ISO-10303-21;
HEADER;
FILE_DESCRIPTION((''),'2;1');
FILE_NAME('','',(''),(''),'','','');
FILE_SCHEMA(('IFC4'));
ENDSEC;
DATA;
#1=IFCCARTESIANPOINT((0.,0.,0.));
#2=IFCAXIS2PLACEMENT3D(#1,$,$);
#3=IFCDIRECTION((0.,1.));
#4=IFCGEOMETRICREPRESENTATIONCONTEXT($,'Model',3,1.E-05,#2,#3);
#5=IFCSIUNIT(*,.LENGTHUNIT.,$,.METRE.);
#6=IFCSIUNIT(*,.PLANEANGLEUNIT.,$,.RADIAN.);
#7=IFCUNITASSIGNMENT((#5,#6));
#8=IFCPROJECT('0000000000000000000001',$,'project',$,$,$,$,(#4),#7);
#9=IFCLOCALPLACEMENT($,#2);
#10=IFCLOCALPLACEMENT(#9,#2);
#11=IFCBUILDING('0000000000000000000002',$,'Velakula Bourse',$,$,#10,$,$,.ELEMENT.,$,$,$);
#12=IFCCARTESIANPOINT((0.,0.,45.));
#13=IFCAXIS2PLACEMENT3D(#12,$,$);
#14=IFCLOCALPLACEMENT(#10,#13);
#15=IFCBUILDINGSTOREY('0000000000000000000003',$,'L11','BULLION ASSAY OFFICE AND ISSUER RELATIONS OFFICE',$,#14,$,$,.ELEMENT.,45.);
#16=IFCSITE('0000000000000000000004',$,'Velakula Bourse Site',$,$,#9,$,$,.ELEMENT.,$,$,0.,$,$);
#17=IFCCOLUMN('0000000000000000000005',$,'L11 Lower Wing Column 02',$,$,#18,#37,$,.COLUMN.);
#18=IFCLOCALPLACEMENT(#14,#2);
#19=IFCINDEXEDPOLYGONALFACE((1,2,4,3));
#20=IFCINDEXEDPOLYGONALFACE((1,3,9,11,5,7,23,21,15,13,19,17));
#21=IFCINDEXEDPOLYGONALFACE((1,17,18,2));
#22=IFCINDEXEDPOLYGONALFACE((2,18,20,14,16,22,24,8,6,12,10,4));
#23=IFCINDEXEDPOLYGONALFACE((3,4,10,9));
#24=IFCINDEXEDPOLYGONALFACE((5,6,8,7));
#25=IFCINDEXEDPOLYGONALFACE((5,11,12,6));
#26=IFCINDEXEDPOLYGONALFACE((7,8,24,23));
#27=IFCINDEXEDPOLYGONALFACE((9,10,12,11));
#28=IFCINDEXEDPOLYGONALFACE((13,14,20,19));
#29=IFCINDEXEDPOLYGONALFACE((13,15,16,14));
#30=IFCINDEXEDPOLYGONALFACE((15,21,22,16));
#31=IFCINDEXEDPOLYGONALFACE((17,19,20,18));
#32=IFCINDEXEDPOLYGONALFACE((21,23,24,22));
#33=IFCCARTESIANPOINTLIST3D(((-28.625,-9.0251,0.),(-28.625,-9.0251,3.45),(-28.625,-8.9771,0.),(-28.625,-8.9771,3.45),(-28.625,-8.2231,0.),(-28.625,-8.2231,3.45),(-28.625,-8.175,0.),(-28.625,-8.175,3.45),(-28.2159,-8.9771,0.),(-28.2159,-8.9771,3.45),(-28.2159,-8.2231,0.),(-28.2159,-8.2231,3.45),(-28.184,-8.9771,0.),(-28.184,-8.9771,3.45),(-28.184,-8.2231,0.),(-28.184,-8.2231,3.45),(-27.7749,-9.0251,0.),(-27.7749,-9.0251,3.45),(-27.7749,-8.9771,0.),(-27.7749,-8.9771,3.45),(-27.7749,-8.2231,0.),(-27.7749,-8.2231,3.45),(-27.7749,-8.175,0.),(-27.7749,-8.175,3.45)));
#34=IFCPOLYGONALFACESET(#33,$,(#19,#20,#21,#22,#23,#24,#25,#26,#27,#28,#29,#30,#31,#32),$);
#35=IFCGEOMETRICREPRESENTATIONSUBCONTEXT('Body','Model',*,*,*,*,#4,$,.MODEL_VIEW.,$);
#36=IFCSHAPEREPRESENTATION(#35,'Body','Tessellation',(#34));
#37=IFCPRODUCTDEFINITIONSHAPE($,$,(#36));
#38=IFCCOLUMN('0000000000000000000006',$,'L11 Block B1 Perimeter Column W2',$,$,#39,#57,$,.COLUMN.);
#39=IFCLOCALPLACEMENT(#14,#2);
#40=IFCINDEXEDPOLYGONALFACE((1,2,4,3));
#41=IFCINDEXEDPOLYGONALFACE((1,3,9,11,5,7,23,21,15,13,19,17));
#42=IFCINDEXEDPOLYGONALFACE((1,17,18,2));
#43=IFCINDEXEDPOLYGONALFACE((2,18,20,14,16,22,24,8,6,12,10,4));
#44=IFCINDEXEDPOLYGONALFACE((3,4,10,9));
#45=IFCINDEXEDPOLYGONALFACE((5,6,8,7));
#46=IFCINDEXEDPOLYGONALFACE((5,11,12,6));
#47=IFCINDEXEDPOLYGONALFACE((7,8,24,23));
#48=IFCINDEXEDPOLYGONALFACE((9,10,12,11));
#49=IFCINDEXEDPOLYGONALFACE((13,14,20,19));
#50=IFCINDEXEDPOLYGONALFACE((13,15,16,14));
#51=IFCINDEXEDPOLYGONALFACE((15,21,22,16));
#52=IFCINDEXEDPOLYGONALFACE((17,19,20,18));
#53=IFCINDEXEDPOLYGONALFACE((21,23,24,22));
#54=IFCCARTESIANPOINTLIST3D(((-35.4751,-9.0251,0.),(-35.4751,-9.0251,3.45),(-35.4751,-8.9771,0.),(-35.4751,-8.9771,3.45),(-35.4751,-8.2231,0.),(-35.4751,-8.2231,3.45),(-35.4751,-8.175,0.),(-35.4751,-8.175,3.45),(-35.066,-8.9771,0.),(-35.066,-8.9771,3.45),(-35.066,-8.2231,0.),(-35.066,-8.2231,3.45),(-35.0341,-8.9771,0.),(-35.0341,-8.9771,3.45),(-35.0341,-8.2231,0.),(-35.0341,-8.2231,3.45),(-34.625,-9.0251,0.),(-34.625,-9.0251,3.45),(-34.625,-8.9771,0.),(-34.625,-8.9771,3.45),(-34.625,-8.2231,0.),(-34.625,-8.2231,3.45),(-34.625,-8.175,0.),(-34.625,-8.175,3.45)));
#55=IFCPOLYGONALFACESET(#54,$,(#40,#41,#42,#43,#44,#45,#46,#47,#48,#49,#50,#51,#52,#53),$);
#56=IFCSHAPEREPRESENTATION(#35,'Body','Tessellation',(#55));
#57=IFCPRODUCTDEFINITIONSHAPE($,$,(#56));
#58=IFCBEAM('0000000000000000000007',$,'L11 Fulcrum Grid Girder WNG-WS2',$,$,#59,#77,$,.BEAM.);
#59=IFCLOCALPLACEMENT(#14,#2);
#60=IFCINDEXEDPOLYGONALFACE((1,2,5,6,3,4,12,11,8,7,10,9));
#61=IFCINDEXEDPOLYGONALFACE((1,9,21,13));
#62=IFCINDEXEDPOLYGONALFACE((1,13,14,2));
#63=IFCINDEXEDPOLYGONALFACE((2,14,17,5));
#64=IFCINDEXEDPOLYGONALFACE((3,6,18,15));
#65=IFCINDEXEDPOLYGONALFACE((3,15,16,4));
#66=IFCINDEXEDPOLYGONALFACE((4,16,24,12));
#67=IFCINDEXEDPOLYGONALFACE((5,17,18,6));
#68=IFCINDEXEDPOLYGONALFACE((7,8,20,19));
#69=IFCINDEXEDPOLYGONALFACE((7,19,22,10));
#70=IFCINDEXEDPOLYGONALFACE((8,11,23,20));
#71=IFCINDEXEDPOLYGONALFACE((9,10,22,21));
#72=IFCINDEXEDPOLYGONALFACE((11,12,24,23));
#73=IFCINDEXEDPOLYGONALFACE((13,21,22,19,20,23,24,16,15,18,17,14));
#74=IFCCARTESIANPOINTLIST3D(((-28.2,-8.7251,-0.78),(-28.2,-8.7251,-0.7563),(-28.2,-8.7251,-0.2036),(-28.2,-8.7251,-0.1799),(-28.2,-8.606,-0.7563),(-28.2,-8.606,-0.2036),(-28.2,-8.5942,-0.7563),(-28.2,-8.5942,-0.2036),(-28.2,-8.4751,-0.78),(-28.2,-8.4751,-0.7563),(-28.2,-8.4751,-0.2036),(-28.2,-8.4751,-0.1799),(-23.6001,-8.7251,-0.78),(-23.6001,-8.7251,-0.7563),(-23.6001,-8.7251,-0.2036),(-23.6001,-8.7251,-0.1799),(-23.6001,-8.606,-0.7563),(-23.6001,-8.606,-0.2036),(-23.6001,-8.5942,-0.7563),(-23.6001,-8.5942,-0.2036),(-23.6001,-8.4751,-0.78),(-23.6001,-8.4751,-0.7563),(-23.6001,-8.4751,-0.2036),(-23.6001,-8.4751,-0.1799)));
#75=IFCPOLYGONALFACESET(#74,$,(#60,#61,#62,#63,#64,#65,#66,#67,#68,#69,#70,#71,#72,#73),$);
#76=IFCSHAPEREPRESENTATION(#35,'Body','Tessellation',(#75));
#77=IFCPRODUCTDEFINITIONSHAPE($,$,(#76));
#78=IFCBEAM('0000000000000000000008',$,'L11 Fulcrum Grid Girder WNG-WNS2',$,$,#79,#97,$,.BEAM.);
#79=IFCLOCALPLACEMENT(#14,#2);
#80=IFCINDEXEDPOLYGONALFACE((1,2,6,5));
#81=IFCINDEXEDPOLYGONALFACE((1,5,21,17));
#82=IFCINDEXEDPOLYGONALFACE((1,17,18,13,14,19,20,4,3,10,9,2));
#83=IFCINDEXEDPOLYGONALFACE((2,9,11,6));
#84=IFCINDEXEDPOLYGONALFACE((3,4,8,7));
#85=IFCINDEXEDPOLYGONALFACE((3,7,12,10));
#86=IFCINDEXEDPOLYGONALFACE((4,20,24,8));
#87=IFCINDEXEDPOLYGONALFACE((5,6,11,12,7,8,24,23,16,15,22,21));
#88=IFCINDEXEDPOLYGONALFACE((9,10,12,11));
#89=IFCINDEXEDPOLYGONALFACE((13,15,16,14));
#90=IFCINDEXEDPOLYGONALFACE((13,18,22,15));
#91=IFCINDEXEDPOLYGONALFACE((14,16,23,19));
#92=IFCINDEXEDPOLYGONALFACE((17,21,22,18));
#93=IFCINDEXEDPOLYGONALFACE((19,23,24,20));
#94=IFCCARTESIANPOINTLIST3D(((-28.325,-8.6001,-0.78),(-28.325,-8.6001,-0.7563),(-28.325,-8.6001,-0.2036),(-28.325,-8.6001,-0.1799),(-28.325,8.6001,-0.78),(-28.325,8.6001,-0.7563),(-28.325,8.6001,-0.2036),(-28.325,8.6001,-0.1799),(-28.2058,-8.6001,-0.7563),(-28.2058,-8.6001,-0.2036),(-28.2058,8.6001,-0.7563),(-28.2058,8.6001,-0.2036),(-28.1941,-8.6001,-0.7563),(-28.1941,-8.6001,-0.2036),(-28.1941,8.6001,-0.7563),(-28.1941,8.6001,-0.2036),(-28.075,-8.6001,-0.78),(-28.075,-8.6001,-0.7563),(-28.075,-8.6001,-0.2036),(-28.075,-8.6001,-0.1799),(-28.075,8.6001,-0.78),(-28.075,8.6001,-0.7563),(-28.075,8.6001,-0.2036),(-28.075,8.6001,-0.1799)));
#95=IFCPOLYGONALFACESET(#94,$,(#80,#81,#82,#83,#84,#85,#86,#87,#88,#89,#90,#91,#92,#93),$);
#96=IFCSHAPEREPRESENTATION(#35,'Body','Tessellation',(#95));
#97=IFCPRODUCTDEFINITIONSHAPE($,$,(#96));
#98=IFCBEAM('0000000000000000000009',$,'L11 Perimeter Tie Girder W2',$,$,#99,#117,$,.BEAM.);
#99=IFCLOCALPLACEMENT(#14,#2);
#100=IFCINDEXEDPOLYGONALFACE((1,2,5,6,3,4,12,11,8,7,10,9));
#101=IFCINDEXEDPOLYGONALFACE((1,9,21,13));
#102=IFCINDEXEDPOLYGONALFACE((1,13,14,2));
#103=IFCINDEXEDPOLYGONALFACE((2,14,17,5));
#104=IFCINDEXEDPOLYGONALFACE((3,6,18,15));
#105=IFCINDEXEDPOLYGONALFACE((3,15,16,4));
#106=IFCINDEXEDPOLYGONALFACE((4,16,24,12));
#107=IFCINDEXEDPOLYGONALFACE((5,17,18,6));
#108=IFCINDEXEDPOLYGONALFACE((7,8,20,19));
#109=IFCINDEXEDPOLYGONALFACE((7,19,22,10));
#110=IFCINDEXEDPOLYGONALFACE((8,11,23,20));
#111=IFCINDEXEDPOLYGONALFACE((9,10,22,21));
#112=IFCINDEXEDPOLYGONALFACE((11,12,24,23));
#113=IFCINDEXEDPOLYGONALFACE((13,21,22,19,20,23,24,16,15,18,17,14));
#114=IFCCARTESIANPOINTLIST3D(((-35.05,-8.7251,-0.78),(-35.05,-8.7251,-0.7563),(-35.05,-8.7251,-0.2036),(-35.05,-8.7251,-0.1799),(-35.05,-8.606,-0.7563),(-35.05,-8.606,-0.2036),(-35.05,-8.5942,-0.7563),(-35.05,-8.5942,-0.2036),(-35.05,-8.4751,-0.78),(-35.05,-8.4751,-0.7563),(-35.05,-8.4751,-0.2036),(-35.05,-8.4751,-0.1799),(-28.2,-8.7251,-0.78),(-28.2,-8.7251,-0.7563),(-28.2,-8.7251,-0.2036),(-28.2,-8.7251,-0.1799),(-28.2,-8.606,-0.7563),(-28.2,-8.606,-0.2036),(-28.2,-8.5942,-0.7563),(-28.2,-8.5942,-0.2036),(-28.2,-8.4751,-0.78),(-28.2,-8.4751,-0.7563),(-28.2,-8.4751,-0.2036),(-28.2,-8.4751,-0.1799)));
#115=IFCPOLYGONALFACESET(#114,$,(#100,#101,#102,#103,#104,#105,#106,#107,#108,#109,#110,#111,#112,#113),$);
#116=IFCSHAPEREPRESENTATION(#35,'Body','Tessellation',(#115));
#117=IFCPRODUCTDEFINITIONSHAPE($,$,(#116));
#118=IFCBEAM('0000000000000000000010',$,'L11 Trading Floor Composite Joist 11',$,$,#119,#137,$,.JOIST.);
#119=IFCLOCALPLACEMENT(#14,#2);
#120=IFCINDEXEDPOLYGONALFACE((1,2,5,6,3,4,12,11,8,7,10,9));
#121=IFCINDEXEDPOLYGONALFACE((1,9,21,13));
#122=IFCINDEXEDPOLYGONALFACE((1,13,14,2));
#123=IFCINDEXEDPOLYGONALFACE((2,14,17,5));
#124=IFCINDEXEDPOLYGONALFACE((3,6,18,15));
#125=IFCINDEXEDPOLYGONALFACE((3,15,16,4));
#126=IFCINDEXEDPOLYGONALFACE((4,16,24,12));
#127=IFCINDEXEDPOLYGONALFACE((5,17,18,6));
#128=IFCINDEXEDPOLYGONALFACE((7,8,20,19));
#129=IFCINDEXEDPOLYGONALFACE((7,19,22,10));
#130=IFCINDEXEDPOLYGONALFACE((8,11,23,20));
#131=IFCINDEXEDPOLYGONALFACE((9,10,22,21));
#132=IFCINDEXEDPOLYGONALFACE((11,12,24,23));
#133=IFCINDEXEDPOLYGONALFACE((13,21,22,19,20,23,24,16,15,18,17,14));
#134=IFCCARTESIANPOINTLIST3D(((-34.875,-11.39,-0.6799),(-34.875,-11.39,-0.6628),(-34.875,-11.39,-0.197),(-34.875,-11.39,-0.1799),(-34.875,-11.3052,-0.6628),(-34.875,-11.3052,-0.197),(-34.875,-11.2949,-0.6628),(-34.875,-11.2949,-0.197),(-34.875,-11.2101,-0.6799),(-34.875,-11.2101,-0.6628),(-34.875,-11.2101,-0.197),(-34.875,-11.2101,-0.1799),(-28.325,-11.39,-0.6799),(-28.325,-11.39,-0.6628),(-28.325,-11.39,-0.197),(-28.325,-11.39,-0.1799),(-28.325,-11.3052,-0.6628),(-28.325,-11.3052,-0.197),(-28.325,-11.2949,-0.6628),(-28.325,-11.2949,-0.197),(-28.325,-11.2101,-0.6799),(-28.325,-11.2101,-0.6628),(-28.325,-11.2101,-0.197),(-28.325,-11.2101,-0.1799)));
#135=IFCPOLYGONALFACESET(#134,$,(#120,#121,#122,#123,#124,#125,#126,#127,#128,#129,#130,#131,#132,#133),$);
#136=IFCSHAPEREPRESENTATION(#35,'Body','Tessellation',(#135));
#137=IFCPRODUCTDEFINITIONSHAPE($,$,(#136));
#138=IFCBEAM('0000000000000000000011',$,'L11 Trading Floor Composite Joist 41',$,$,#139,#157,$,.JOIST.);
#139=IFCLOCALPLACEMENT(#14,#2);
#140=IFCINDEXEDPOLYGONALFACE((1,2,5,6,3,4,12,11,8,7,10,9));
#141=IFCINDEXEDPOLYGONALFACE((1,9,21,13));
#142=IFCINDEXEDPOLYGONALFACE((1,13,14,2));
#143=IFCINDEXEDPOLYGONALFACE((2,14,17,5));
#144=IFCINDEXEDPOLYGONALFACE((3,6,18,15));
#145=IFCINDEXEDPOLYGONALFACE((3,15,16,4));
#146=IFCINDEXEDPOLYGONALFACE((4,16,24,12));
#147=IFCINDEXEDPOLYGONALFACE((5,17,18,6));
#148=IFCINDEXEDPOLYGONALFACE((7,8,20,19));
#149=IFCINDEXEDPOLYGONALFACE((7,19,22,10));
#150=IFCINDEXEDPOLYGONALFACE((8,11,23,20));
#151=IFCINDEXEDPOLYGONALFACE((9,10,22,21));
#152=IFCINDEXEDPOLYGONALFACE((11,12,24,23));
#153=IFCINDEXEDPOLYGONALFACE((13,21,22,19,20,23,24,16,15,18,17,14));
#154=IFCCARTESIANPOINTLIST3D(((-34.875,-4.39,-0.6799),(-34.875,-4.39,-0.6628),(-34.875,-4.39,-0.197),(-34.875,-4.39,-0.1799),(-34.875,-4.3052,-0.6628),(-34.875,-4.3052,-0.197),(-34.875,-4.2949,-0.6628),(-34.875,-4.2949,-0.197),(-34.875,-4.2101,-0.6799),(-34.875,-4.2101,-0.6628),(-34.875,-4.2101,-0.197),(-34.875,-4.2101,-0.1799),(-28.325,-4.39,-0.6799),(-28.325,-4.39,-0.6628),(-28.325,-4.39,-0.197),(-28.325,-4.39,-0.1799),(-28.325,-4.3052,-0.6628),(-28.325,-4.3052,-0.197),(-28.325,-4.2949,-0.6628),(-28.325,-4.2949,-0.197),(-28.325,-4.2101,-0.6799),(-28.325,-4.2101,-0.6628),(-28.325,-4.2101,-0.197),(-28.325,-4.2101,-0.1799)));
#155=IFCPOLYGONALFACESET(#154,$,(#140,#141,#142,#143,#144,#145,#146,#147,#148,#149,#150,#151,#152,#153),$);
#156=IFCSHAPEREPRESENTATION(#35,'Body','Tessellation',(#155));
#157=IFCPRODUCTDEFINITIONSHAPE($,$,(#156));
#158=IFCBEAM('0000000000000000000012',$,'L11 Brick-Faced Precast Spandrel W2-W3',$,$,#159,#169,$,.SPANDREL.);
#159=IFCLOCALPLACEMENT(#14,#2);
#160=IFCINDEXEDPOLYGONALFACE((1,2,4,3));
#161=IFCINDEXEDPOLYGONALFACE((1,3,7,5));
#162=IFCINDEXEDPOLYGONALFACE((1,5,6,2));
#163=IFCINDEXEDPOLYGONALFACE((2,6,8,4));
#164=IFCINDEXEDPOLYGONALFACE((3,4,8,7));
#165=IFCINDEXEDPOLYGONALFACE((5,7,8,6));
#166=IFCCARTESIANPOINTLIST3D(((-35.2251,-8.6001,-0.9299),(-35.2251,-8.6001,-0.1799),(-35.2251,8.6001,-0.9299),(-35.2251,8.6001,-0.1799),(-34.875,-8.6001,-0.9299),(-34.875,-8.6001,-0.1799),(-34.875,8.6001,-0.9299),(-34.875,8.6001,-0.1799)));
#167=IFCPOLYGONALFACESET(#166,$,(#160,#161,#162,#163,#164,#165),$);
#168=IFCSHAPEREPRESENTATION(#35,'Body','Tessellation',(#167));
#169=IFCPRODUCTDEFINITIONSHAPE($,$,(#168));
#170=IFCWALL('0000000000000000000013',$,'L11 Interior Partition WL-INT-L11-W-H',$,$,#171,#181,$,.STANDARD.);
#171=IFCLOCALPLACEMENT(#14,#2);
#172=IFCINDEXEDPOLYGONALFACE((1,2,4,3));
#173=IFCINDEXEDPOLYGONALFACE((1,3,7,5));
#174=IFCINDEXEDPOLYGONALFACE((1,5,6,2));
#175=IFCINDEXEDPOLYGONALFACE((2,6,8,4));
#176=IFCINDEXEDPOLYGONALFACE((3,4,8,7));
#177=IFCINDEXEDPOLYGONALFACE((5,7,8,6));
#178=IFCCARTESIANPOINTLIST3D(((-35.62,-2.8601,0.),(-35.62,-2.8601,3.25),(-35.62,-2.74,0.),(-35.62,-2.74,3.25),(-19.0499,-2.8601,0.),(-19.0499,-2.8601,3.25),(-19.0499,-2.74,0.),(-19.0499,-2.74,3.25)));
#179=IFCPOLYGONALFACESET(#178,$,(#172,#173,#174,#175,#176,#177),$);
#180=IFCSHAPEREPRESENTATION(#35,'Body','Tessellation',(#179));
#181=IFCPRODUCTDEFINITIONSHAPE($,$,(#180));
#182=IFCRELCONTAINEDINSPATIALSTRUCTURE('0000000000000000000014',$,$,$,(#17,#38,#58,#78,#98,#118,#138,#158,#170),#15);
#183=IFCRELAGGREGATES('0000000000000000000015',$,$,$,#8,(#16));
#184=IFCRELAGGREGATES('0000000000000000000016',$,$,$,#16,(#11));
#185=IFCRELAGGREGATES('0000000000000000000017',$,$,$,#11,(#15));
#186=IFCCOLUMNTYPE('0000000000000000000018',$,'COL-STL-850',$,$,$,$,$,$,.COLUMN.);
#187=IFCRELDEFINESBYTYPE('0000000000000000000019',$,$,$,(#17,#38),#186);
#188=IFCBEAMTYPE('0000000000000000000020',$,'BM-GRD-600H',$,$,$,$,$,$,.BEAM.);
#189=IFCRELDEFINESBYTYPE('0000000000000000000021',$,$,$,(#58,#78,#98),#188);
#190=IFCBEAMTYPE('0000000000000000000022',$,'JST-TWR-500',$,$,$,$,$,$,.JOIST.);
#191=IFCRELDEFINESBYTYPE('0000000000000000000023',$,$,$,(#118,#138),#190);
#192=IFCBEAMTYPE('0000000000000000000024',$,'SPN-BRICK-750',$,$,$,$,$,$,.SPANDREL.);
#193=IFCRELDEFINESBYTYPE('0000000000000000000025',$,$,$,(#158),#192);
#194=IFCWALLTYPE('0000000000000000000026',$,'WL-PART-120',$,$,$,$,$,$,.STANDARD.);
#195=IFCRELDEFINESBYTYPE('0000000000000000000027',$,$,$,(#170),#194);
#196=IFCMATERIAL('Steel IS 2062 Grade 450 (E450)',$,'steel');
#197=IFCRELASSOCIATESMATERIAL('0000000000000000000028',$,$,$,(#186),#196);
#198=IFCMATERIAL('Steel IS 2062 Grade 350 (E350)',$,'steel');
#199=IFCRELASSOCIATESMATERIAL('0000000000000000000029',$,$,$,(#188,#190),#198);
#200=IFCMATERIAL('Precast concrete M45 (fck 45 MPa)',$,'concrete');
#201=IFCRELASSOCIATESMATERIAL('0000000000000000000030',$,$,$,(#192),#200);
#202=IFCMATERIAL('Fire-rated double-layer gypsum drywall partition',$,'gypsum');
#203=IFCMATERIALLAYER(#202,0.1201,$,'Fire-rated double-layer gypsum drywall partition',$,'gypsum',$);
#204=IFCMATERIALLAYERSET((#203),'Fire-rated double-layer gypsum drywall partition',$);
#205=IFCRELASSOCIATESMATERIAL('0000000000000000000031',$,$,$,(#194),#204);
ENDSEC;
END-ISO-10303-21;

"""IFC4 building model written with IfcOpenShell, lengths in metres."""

from ifc_helpers import new_model, si_unit, direction, frame, frame_2d, origin, origin_2d, place, context, subcontext, project, spatial, rectangle, i_section, extrude, material, layer, layer_set, material_profile, profile_set, type_object, element, save


model = new_model("IFC4")

# Units and contexts
model_context = context("Model", 3, precision=1e-05, world=origin(), true_north=direction((0.0, 1.0)))
body_context = subcontext(model_context, "Body", "Model", "MODEL_VIEW")
ifc_project = project(units=[si_unit("LENGTHUNIT", "METRE"), si_unit("PLANEANGLEUNIT", "RADIAN")], contexts=[model_context])

# Site, building, storey
site_placement = place(None, origin())
site = spatial("IfcSite", under=ifc_project, at=site_placement, Name="Velakula Bourse Site", CompositionType="ELEMENT", RefElevation=0.0)
building_placement = place(site_placement, origin())
building = spatial("IfcBuilding", under=site, at=building_placement, Name="Velakula Bourse", CompositionType="ELEMENT")
storey_placement = place(building_placement, frame((0.0, 0.0, 45.0)))
storey = spatial("IfcBuildingStorey", under=building, at=storey_placement, Name="L11", Description="BULLION ASSAY OFFICE AND ISSUER RELATIONS OFFICE", CompositionType="ELEMENT", Elevation=45.0)

# Columns
ifc_material_1 = material(Name="Steel IS 2062 Grade 450 (E450)", Category="steel")
ifc_material_profile_1 = material_profile(ifc_material_1, i_section(OverallWidth=0.8501, OverallDepth=0.8501, WebThickness=0.032, FlangeThickness=0.0481, at=origin_2d()), Name="Steel IS 2062 Grade 450 (E450)")
ifc_profile_set_1 = profile_set([ifc_material_profile_1], Name="Steel IS 2062 Grade 450 (E450)")
column_type = type_object("IfcColumnType", Name="COL-STL-850", PredefinedType="COLUMN", material=ifc_profile_set_1)
for number, where, z_axis, x_axis, name in (
    (1, (-28.2, -8.6001, 0.0), (0.0, 0.0, 1.0), (1.0, 0.0, 0.0), "L11 Lower Wing Column 02"),
    (2, (-35.05, -8.6001, 0.0), (0.0, 0.0, 1.0), (1.0, 0.0, 0.0), "L11 Block B1 Perimeter Column W2"),
):
    element("IfcColumn", number, at=place(storey_placement, frame(where, z_axis=z_axis, x_axis=x_axis)), inside=storey, type_object=column_type, Name=name, PredefinedType="COLUMN", context=body_context, shape_type="SweptSolid", body=[
        extrude(i_section(OverallWidth=0.8501, OverallDepth=0.8501, WebThickness=0.032, FlangeThickness=0.0481, at=origin_2d()), origin(), (0.0, 0.0, 1.0), 3.45),
    ])

# Beams
ifc_material_2 = material(Name="Steel IS 2062 Grade 350 (E350)", Category="steel")
ifc_material_profile_2 = material_profile(ifc_material_2, i_section(OverallWidth=0.25, OverallDepth=0.6001, WebThickness=0.0117, FlangeThickness=0.0237, at=origin_2d()), Name="Steel IS 2062 Grade 350 (E350)")
ifc_profile_set_2 = profile_set([ifc_material_profile_2], Name="Steel IS 2062 Grade 350 (E350)")
beam_type_1 = type_object("IfcBeamType", Name="BM-GRD-600H", PredefinedType="BEAM", material=ifc_profile_set_2)
beam_1_placement = place(storey_placement, frame((-28.2, -8.6001, -0.48), z_axis=(1.0, 0.0, 0.0), x_axis=(0.0, 1.0, 0.0)))
element("IfcBeam", 3, at=beam_1_placement, inside=storey, type_object=beam_type_1, Name="L11 Fulcrum Grid Girder WNG-WS2", PredefinedType="BEAM", context=body_context, shape_type="SweptSolid", body=[
    extrude(i_section(OverallWidth=0.25, OverallDepth=0.6001, WebThickness=0.0117, FlangeThickness=0.0237, at=origin_2d()), origin(), (0.0, 0.0, 1.0), 4.5999),
])
beam_2_placement = place(storey_placement, frame((-28.2, -8.6001, -0.48), z_axis=(0.0, 1.0, 0.0), x_axis=(-1.0, 0.0, 0.0)))
element("IfcBeam", 4, at=beam_2_placement, inside=storey, type_object=beam_type_1, Name="L11 Fulcrum Grid Girder WNG-WNS2", PredefinedType="BEAM", context=body_context, shape_type="SweptSolid", body=[
    extrude(i_section(OverallWidth=0.25, OverallDepth=0.6001, WebThickness=0.0117, FlangeThickness=0.0237, at=origin_2d()), origin(), (0.0, 0.0, 1.0), 17.2002),
])
beam_3_placement = place(storey_placement, frame((-28.2, -8.6001, -0.48), z_axis=(-1.0, 0.0, 0.0), x_axis=(0.0, -1.0, 0.0)))
element("IfcBeam", 5, at=beam_3_placement, inside=storey, type_object=beam_type_1, Name="L11 Perimeter Tie Girder W2", PredefinedType="BEAM", context=body_context, shape_type="SweptSolid", body=[
    extrude(i_section(OverallWidth=0.25, OverallDepth=0.6001, WebThickness=0.0117, FlangeThickness=0.0237, at=origin_2d()), origin(), (0.0, 0.0, 1.0), 6.8501),
])
ifc_material_profile_3 = material_profile(ifc_material_2, i_section(OverallWidth=0.1799, OverallDepth=0.5, WebThickness=0.0103, FlangeThickness=0.0171, at=origin_2d()), Name="Steel IS 2062 Grade 350 (E350)")
ifc_profile_set_3 = profile_set([ifc_material_profile_3], Name="Steel IS 2062 Grade 350 (E350)")
beam_type_2 = type_object("IfcBeamType", Name="JST-TWR-500", PredefinedType="JOIST", material=ifc_profile_set_3)
for number, where, z_axis, x_axis, name in (
    (6, (-34.875, -11.3, -0.4299), (1.0, 0.0, 0.0), (0.0, 1.0, 0.0), "L11 Trading Floor Composite Joist 11"),
    (7, (-34.875, -4.3, -0.4299), (1.0, 0.0, 0.0), (0.0, 1.0, 0.0), "L11 Trading Floor Composite Joist 41"),
):
    element("IfcBeam", number, at=place(storey_placement, frame(where, z_axis=z_axis, x_axis=x_axis)), inside=storey, type_object=beam_type_2, Name=name, PredefinedType="JOIST", context=body_context, shape_type="SweptSolid", body=[
        extrude(i_section(OverallWidth=0.1799, OverallDepth=0.5, WebThickness=0.0103, FlangeThickness=0.0171, at=origin_2d()), origin(), (0.0, 0.0, 1.0), 6.55),
    ])
ifc_material_3 = material(Name="Precast concrete M45 (fck 45 MPa)", Category="concrete")
ifc_material_profile_4 = material_profile(ifc_material_3, rectangle(XDim=0.3501, YDim=0.75, at=origin_2d()), Name="Precast concrete M45 (fck 45 MPa)")
ifc_profile_set_4 = profile_set([ifc_material_profile_4], Name="Precast concrete M45 (fck 45 MPa)")
beam_type_3 = type_object("IfcBeamType", Name="SPN-BRICK-750", PredefinedType="SPANDREL", material=ifc_profile_set_4)
beam_4_placement = place(storey_placement, frame((-35.05, -8.6001, -0.5549), z_axis=(0.0, 1.0, 0.0), x_axis=(-1.0, 0.0, 0.0)))
element("IfcBeam", 8, at=beam_4_placement, inside=storey, type_object=beam_type_3, Name="L11 Brick-Faced Precast Spandrel W2-W3", PredefinedType="SPANDREL", context=body_context, shape_type="SweptSolid", body=[
    extrude(rectangle(XDim=0.3501, YDim=0.75, at=origin_2d()), origin(), (0.0, 0.0, 1.0), 17.2002),
])

# Wall
ifc_material_4 = material(Name="Fire-rated double-layer gypsum drywall partition", Category="gypsum")
ifc_layer_1 = layer(ifc_material_4, 0.1201, Name="Fire-rated double-layer gypsum drywall partition", Category="gypsum")
ifc_layer_set_1 = layer_set([ifc_layer_1], Name="Fire-rated double-layer gypsum drywall partition")
wall_type_1 = type_object("IfcWallType", Name="WL-PART-120", PredefinedType="STANDARD", material=ifc_layer_set_1)
wall_1_placement = place(storey_placement, frame((-35.6201, -2.8, 0.0), z_axis=(0.0, 0.0, 1.0), x_axis=(1.0, 0.0, 0.0)))
element("IfcWall", 9, at=wall_1_placement, inside=storey, type_object=wall_type_1, Name="L11 Interior Partition WL-INT-L11-W-H", PredefinedType="STANDARD", context=body_context, shape_type="SweptSolid", body=[
    extrude(rectangle(XDim=16.5701, YDim=0.1201, at=frame_2d((8.2852, 0.0))), origin(), (0.0, 0.0, 1.0), 3.25),
])

save(model, "model.ifc")
